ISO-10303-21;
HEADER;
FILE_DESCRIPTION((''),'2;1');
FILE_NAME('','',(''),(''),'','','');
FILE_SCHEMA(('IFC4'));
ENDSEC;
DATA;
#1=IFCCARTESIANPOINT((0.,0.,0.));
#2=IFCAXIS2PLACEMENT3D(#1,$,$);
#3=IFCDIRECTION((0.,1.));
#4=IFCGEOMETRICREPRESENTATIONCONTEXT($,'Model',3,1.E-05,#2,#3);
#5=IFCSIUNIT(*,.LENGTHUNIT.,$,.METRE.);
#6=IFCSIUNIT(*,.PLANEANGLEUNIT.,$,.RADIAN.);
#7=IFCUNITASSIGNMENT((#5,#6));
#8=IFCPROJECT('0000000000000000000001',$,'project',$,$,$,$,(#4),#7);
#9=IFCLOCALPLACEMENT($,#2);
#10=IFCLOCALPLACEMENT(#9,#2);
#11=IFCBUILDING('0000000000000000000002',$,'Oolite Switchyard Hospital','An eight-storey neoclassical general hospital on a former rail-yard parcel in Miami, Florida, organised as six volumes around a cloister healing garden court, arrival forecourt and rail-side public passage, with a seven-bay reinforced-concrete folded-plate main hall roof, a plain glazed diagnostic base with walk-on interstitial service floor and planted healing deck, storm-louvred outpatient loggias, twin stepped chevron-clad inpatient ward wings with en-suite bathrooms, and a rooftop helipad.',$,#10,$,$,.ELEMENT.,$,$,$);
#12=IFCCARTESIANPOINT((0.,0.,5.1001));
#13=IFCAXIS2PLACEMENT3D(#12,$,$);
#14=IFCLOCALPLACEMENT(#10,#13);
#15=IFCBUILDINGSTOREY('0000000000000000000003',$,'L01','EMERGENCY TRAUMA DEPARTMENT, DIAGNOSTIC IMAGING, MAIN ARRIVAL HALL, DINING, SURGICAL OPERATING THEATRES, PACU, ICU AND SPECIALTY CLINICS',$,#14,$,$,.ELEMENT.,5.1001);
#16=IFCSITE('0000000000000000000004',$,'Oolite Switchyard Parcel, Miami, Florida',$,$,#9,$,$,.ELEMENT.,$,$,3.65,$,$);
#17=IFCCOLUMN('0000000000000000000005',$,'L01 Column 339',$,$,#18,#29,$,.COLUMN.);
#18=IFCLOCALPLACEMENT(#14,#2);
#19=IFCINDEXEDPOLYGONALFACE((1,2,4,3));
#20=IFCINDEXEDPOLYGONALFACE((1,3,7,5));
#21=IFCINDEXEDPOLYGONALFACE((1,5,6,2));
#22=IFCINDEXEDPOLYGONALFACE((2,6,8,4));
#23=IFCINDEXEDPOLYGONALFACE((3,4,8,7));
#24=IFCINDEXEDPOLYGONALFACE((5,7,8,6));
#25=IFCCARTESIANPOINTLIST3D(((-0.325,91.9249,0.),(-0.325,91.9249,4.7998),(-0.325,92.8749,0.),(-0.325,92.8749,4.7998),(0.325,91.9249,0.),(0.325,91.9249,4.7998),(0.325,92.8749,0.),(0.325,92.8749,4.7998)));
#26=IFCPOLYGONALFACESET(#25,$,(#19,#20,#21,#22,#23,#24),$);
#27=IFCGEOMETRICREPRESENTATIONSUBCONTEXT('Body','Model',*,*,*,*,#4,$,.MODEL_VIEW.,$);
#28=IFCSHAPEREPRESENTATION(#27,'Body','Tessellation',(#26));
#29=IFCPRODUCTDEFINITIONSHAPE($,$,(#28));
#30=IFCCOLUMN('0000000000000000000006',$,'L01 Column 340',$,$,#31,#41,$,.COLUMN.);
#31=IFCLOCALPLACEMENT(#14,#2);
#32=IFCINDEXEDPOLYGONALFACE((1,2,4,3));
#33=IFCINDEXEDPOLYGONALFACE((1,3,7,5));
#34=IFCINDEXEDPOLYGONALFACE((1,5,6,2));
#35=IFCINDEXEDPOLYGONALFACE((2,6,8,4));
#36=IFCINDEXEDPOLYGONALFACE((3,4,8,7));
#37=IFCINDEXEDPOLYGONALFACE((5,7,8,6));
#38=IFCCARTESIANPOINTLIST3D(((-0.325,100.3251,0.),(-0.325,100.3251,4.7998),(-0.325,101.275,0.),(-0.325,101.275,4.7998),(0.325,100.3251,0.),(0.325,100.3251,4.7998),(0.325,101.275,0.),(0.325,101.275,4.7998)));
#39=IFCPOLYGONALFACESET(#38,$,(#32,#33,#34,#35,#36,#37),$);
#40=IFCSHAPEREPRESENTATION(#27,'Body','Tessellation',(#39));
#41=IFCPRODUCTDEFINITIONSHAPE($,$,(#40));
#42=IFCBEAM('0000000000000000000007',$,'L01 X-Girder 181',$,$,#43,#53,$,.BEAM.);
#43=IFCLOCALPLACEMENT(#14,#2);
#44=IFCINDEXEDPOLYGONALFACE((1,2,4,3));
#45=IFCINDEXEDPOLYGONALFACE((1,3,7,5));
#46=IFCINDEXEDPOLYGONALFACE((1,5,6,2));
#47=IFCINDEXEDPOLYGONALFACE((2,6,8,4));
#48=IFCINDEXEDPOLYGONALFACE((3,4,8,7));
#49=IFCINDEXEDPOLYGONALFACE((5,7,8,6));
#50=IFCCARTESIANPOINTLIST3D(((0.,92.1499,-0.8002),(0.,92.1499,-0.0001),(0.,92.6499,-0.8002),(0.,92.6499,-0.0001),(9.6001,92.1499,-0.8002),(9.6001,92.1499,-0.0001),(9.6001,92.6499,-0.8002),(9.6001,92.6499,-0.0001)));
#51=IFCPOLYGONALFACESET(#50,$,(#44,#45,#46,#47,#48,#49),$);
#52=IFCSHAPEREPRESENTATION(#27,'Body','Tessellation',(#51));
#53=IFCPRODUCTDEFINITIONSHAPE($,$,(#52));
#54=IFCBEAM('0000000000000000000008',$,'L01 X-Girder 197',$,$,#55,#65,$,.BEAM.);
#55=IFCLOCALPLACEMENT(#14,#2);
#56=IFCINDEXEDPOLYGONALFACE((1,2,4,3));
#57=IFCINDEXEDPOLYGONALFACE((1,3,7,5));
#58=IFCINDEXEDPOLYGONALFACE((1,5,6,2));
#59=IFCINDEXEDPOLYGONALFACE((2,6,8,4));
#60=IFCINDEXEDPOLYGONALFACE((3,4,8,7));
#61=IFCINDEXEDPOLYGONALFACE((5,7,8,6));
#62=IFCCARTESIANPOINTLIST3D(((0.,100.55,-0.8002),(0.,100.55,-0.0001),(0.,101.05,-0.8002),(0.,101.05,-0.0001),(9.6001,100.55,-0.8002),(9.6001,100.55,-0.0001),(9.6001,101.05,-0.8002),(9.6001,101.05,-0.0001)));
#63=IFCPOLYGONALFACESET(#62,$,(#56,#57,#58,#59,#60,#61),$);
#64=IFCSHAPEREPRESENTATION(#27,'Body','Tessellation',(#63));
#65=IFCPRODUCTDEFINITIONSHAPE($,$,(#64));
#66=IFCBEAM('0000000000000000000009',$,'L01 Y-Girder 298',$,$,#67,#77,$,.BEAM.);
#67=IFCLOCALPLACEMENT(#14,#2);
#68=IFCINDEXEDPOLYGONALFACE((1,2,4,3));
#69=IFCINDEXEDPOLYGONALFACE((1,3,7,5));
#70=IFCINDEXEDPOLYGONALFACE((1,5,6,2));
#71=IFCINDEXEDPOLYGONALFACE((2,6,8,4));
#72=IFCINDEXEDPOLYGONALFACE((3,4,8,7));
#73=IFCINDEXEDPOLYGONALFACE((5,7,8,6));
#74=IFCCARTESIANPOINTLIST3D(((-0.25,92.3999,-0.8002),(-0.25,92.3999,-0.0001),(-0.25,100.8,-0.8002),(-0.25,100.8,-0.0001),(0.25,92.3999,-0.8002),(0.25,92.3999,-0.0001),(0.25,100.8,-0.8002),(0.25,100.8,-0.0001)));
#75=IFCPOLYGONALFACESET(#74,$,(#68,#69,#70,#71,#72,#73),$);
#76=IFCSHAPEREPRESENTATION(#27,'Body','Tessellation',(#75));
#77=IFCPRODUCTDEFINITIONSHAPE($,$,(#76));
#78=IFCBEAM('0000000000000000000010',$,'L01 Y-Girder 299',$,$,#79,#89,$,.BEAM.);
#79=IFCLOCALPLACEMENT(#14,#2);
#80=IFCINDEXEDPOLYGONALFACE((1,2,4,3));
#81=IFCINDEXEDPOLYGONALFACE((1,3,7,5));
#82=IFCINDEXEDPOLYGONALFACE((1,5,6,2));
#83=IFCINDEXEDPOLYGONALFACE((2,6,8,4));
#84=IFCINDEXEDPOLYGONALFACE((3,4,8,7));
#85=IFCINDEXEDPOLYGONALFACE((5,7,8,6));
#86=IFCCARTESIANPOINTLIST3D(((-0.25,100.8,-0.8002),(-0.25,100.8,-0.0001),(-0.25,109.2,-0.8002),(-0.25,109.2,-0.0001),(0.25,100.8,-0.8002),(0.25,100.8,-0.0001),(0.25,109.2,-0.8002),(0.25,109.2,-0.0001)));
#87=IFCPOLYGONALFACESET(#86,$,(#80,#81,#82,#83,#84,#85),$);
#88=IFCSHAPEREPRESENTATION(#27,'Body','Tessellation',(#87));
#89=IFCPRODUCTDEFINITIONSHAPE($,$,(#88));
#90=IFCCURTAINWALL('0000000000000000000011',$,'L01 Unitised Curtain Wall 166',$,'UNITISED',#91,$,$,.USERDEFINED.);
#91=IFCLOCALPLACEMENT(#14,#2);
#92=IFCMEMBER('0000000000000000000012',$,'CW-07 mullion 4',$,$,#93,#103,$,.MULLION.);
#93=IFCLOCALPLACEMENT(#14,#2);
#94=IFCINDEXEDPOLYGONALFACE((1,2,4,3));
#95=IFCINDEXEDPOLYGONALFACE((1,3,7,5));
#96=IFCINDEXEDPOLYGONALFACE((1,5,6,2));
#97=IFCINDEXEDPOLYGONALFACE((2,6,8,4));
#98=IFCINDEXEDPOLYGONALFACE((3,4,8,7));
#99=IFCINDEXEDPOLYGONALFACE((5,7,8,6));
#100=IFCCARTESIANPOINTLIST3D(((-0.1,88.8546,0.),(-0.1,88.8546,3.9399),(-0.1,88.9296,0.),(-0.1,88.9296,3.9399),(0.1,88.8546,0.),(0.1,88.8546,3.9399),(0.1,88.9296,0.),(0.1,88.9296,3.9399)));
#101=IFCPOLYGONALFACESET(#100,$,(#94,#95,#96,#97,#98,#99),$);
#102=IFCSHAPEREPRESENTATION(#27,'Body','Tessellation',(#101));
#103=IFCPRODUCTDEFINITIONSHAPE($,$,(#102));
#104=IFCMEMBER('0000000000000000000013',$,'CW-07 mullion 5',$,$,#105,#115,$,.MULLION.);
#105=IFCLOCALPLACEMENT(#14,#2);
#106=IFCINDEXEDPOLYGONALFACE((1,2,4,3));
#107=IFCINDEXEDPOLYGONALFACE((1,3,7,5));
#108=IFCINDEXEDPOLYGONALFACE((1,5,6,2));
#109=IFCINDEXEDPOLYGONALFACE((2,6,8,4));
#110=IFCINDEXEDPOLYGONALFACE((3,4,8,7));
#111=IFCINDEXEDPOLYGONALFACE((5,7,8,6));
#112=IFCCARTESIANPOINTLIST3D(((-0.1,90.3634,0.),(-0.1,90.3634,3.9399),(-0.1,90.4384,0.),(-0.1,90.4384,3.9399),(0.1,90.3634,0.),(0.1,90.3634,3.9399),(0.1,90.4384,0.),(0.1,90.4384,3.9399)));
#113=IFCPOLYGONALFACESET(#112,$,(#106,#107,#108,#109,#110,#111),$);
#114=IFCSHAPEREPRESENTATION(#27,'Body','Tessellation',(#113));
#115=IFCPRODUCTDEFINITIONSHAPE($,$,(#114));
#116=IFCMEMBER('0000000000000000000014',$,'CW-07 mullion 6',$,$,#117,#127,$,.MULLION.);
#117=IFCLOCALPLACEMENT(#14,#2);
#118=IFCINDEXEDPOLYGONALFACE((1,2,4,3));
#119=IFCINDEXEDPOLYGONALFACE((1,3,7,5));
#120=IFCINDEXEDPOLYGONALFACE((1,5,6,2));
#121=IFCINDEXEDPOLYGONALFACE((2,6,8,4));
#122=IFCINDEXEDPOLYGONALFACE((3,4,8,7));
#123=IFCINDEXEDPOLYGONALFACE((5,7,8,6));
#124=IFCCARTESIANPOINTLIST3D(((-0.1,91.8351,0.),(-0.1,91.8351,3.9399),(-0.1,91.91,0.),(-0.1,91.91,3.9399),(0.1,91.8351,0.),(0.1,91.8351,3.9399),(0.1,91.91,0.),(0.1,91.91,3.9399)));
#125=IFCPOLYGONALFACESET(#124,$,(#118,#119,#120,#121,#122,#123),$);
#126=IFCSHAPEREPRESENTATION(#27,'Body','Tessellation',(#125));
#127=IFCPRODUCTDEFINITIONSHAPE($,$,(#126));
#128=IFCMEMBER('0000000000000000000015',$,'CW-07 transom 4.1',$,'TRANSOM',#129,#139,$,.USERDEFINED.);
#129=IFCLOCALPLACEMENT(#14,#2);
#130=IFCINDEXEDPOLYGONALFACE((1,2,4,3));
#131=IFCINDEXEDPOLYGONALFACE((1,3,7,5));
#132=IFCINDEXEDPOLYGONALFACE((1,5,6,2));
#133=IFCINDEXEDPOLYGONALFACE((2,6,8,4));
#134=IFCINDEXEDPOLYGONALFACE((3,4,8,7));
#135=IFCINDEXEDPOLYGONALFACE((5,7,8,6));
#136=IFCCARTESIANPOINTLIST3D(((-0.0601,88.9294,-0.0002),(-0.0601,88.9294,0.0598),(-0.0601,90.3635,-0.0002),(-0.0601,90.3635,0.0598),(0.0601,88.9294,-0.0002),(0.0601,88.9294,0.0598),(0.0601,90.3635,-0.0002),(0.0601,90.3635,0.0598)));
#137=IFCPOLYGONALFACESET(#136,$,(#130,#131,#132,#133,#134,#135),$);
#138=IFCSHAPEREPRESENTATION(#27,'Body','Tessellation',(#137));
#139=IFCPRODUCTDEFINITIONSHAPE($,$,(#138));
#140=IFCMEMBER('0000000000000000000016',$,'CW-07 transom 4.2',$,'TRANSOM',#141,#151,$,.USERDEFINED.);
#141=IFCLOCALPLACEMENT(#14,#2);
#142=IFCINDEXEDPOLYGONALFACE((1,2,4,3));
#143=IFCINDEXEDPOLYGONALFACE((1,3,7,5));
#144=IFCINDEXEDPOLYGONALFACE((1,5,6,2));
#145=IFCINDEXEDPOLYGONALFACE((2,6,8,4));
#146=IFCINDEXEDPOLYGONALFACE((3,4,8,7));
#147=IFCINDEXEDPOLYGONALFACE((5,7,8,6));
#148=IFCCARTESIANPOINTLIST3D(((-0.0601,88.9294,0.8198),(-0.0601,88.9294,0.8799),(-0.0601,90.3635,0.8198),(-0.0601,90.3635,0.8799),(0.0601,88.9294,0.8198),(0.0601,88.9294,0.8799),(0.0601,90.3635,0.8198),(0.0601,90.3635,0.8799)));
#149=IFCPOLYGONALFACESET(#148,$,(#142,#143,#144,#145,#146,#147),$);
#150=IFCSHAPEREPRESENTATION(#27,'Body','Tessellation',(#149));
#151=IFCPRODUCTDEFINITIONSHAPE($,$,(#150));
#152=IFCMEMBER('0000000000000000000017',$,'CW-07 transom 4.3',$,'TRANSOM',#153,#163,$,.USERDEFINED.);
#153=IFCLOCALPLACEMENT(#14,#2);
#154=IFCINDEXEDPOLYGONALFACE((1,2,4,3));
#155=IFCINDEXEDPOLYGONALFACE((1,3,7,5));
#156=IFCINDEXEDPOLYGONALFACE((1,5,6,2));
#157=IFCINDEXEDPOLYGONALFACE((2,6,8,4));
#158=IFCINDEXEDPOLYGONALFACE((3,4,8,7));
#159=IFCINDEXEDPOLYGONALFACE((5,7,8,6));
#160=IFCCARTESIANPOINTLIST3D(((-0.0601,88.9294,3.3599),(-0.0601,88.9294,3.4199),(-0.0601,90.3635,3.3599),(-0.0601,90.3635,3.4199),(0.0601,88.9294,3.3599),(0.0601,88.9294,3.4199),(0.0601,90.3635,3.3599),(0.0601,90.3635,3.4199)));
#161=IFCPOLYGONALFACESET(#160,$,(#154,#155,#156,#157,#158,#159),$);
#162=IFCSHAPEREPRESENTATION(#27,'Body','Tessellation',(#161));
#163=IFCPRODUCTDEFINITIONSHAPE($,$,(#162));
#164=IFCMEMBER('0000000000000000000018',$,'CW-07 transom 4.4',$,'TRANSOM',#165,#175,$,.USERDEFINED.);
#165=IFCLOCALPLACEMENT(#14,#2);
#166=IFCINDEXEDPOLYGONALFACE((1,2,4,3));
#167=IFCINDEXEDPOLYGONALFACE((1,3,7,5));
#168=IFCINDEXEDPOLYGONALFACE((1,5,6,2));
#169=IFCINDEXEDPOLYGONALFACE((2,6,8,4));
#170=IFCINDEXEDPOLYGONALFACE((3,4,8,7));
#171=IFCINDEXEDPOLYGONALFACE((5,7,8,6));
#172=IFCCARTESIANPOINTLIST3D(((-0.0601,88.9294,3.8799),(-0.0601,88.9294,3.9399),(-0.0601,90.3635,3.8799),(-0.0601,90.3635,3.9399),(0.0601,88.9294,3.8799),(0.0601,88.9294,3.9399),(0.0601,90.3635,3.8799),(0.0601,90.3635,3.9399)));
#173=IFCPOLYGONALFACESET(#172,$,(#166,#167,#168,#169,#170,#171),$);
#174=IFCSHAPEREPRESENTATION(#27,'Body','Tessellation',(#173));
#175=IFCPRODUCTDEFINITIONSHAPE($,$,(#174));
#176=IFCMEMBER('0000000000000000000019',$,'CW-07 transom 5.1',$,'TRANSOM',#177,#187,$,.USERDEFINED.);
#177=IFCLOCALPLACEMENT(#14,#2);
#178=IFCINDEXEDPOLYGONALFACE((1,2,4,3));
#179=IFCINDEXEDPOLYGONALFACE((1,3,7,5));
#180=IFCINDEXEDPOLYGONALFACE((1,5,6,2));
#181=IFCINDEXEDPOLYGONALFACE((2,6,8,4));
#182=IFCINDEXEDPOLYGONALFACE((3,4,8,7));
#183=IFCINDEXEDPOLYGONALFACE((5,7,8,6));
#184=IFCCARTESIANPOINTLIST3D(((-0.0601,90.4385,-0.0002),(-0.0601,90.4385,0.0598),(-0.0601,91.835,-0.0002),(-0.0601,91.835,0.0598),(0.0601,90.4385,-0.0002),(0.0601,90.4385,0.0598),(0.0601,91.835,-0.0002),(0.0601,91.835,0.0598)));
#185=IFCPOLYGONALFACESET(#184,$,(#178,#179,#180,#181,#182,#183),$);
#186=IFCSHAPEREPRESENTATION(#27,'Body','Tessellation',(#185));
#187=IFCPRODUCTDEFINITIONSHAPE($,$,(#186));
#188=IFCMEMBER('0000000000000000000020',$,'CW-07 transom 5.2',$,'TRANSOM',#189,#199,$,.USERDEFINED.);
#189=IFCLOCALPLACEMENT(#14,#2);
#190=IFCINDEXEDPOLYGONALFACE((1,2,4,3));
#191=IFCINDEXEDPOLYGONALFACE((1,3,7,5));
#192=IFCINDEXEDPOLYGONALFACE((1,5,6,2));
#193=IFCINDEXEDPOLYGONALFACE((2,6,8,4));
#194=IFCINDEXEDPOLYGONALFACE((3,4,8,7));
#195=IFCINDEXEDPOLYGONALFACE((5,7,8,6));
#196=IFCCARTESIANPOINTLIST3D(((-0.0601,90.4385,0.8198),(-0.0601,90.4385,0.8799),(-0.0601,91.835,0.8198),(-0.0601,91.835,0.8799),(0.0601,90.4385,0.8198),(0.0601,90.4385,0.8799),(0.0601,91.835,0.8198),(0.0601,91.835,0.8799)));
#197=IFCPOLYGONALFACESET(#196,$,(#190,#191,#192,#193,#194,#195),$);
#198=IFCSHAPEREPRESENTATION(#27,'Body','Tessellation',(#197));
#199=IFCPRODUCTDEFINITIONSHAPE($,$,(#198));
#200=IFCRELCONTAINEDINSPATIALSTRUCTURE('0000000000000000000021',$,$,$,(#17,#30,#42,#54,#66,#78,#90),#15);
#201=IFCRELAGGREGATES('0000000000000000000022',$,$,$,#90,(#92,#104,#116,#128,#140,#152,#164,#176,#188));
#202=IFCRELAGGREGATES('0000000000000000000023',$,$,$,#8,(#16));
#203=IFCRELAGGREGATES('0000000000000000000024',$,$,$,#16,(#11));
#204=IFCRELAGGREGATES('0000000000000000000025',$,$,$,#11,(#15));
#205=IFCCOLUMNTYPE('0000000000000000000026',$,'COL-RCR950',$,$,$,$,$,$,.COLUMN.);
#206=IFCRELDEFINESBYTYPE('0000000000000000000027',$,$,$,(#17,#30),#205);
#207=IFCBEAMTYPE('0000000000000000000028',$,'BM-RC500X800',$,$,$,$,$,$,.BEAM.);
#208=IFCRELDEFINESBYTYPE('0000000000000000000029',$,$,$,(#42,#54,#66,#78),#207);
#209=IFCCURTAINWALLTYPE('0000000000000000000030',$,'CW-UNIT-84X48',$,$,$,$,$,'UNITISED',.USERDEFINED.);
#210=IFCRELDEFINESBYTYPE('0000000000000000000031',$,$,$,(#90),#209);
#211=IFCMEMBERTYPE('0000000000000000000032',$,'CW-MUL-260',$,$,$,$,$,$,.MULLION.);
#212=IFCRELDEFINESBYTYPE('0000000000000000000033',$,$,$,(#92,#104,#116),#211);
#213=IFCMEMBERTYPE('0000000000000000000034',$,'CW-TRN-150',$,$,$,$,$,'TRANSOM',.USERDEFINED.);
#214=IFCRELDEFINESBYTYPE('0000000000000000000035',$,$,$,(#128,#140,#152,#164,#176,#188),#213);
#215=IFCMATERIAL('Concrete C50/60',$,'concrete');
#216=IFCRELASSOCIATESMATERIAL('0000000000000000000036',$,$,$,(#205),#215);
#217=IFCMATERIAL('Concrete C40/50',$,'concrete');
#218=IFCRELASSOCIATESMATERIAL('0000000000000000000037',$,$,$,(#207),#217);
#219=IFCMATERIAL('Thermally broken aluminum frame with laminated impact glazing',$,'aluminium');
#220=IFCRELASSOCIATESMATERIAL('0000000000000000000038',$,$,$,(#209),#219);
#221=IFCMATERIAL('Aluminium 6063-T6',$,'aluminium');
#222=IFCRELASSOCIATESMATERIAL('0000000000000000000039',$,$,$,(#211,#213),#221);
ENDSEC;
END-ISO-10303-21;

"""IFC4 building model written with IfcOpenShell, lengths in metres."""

from ifc_helpers import new_model, si_unit, direction, frame, origin, origin_2d, place, context, subcontext, project, spatial, rectangle, extrude, material, material_profile, profile_set, type_object, element, aggregate, save


model = new_model("IFC4")

# Units and contexts
model_context = context("Model", 3, precision=1e-05, world=origin(), true_north=direction((0.0, 1.0)))
body_context = subcontext(model_context, "Body", "Model", "MODEL_VIEW")
ifc_project = project(units=[si_unit("LENGTHUNIT", "METRE"), si_unit("PLANEANGLEUNIT", "RADIAN")], contexts=[model_context])

# Site, building, storey
site_placement = place(None, origin())
site = spatial("IfcSite", under=ifc_project, at=site_placement, Name="Oolite Switchyard Parcel, Miami, Florida", CompositionType="ELEMENT", RefElevation=3.65)
building_placement = place(site_placement, origin())
building = spatial("IfcBuilding", under=site, at=building_placement, Name="Oolite Switchyard Hospital", Description="An eight-storey neoclassical general hospital on a former rail-yard parcel in Miami, Florida, organised as six volumes around a cloister healing garden court, arrival forecourt and rail-side public passage, with a seven-bay reinforced-concrete folded-plate main hall roof, a plain glazed diagnostic base with walk-on interstitial service floor and planted healing deck, storm-louvred outpatient loggias, twin stepped chevron-clad inpatient ward wings with en-suite bathrooms, and a rooftop helipad.", CompositionType="ELEMENT")
storey_placement = place(building_placement, frame((0.0, 0.0, 5.1001)))
storey = spatial("IfcBuildingStorey", under=building, at=storey_placement, Name="L01", Description="EMERGENCY TRAUMA DEPARTMENT, DIAGNOSTIC IMAGING, MAIN ARRIVAL HALL, DINING, SURGICAL OPERATING THEATRES, PACU, ICU AND SPECIALTY CLINICS", CompositionType="ELEMENT", Elevation=5.1001)

# Columns
ifc_material_1 = material(Name="Concrete C50/60", Category="concrete")
ifc_material_profile_1 = material_profile(ifc_material_1, rectangle(XDim=0.95, YDim=0.6499, at=origin_2d()), Name="RC950X650")
ifc_profile_set_1 = profile_set([ifc_material_profile_1], Name="Concrete C50/60")
column_type = type_object("IfcColumnType", Name="COL-RCR950", PredefinedType="COLUMN", material=ifc_profile_set_1)
for number, where, z_axis, x_axis, name in (
    (1, (0.0, 92.3999, 0.0), (0.0, 0.0, 1.0), (0.0, 1.0, 0.0), "L01 Column 339"),
    (2, (0.0, 100.8, 0.0), (0.0, 0.0, 1.0), (0.0, 1.0, 0.0), "L01 Column 340"),
):
    element("IfcColumn", number, at=place(storey_placement, frame(where, z_axis=z_axis, x_axis=x_axis)), inside=storey, type_object=column_type, Name=name, PredefinedType="COLUMN", context=body_context, shape_type="SweptSolid", body=[
        extrude(rectangle(XDim=0.95, YDim=0.6499, at=origin_2d()), origin(), (0.0, 0.0, 1.0), 4.7998),
    ])

# Beams
ifc_material_2 = material(Name="Concrete C40/50", Category="concrete")
ifc_material_profile_2 = material_profile(ifc_material_2, rectangle(XDim=0.5, YDim=0.8, at=origin_2d()), Name="RCB500X800")
ifc_profile_set_2 = profile_set([ifc_material_profile_2], Name="Concrete C40/50")
beam_type = type_object("IfcBeamType", Name="BM-RC500X800", PredefinedType="BEAM", material=ifc_profile_set_2)
for number, where, z_axis, x_axis, name in (
    (3, (0.0, 92.3999, -0.4001), (1.0, 0.0, 0.0), (0.0, 1.0, 0.0), "L01 X-Girder 181"),
    (4, (0.0, 100.8, -0.4001), (1.0, 0.0, 0.0), (0.0, 1.0, 0.0), "L01 X-Girder 197"),
):
    element("IfcBeam", number, at=place(storey_placement, frame(where, z_axis=z_axis, x_axis=x_axis)), inside=storey, type_object=beam_type, Name=name, PredefinedType="BEAM", context=body_context, shape_type="SweptSolid", body=[
        extrude(rectangle(XDim=0.5, YDim=0.8, at=origin_2d()), origin(), (0.0, 0.0, 1.0), 9.6001),
    ])
beam_1_placement = place(storey_placement, frame((0.0, 92.3999, -0.4001), z_axis=(0.0, 1.0, 0.0), x_axis=(-1.0, 0.0, 0.0)))
element("IfcBeam", 5, at=beam_1_placement, inside=storey, type_object=beam_type, Name="L01 Y-Girder 298", PredefinedType="BEAM", context=body_context, shape_type="SweptSolid", body=[
    extrude(rectangle(XDim=0.5, YDim=0.8, at=origin_2d()), origin(), (0.0, 0.0, 1.0), 8.4001),
])
beam_2_placement = place(storey_placement, frame((0.0, 100.8, -0.4001), z_axis=(0.0, 1.0, 0.0), x_axis=(-1.0, 0.0, 0.0)))
element("IfcBeam", 6, at=beam_2_placement, inside=storey, type_object=beam_type, Name="L01 Y-Girder 299", PredefinedType="BEAM", context=body_context, shape_type="SweptSolid", body=[
    extrude(rectangle(XDim=0.5, YDim=0.8, at=origin_2d()), origin(), (0.0, 0.0, 1.0), 8.3999),
])

# Curtain wall, members
ifc_material_3 = material(Name="Thermally broken aluminum frame with laminated impact glazing", Category="aluminium")
curtain_wall_type = type_object("IfcCurtainWallType", Name="CW-UNIT-84X48", ElementType="UNITISED", PredefinedType="USERDEFINED", material=ifc_material_3)
curtain_wall_placement = place(storey_placement, origin())
curtain_wall = element("IfcCurtainWall", 7, at=curtain_wall_placement, inside=storey, type_object=curtain_wall_type, Name="L01 Unitised Curtain Wall 166", ObjectType="UNITISED", PredefinedType="USERDEFINED")
ifc_material_4 = material(Name="Aluminium 6063-T6", Category="aluminium")
ifc_material_profile_3 = material_profile(ifc_material_4, rectangle(XDim=0.2, YDim=0.075, at=origin_2d()), Name="CWM75X200")
ifc_profile_set_3 = profile_set([ifc_material_profile_3], Name="Aluminium 6063-T6")
member_type_1 = type_object("IfcMemberType", Name="CW-MUL-260", PredefinedType="MULLION", material=ifc_profile_set_3)
member_1_placement = place(storey_placement, frame((0.0, 88.8921, 0.0), z_axis=(0.0, 0.0, 1.0), x_axis=(-1.0, 0.0, 0.0)))
member_1 = element("IfcMember", 8, at=member_1_placement, type_object=member_type_1, Name="CW-07 mullion 4", PredefinedType="MULLION", context=body_context, shape_type="SweptSolid", body=[
    extrude(rectangle(XDim=0.2, YDim=0.075, at=origin_2d()), origin(), (0.0, 0.0, 1.0), 3.9399),
])
member_2_placement = place(storey_placement, frame((0.0, 90.4009, 0.0), z_axis=(0.0, 0.0, 1.0), x_axis=(-1.0, 0.0, 0.0)))
member_2 = element("IfcMember", 9, at=member_2_placement, type_object=member_type_1, Name="CW-07 mullion 5", PredefinedType="MULLION", context=body_context, shape_type="SweptSolid", body=[
    extrude(rectangle(XDim=0.2, YDim=0.075, at=origin_2d()), origin(), (0.0, 0.0, 1.0), 3.9399),
])
member_3_placement = place(storey_placement, frame((0.0, 91.8726, 0.0), z_axis=(0.0, 0.0, 1.0), x_axis=(-1.0, 0.0, 0.0)))
member_3 = element("IfcMember", 10, at=member_3_placement, type_object=member_type_1, Name="CW-07 mullion 6", PredefinedType="MULLION", context=body_context, shape_type="SweptSolid", body=[
    extrude(rectangle(XDim=0.2, YDim=0.075, at=origin_2d()), origin(), (0.0, 0.0, 1.0), 3.9399),
])
ifc_material_profile_4 = material_profile(ifc_material_4, rectangle(XDim=0.1201, YDim=0.0601, at=origin_2d()), Name="CWT60X120")
ifc_profile_set_4 = profile_set([ifc_material_profile_4], Name="Aluminium 6063-T6")
member_type_2 = type_object("IfcMemberType", Name="CW-TRN-150", ElementType="TRANSOM", PredefinedType="USERDEFINED", material=ifc_profile_set_4)
member_4_placement = place(storey_placement, frame((0.0, 88.9294, 0.0298), z_axis=(0.0, 1.0, 0.0), x_axis=(-1.0, 0.0, 0.0)))
member_4 = element("IfcMember", 11, at=member_4_placement, type_object=member_type_2, Name="CW-07 transom 4.1", ObjectType="TRANSOM", PredefinedType="USERDEFINED", context=body_context, shape_type="SweptSolid", body=[
    extrude(rectangle(XDim=0.1201, YDim=0.0601, at=origin_2d()), origin(), (0.0, 0.0, 1.0), 1.4341),
])
member_5_placement = place(storey_placement, frame((0.0, 88.9294, 0.8499), z_axis=(0.0, 1.0, 0.0), x_axis=(-1.0, 0.0, 0.0)))
member_5 = element("IfcMember", 12, at=member_5_placement, type_object=member_type_2, Name="CW-07 transom 4.2", ObjectType="TRANSOM", PredefinedType="USERDEFINED", context=body_context, shape_type="SweptSolid", body=[
    extrude(rectangle(XDim=0.1201, YDim=0.0601, at=origin_2d()), origin(), (0.0, 0.0, 1.0), 1.4341),
])
member_6_placement = place(storey_placement, frame((0.0, 88.9294, 3.3899), z_axis=(0.0, 1.0, 0.0), x_axis=(-1.0, 0.0, 0.0)))
member_6 = element("IfcMember", 13, at=member_6_placement, type_object=member_type_2, Name="CW-07 transom 4.3", ObjectType="TRANSOM", PredefinedType="USERDEFINED", context=body_context, shape_type="SweptSolid", body=[
    extrude(rectangle(XDim=0.1201, YDim=0.0601, at=origin_2d()), origin(), (0.0, 0.0, 1.0), 1.4341),
])
member_7_placement = place(storey_placement, frame((0.0, 88.9294, 3.9099), z_axis=(0.0, 1.0, 0.0), x_axis=(-1.0, 0.0, 0.0)))
member_7 = element("IfcMember", 14, at=member_7_placement, type_object=member_type_2, Name="CW-07 transom 4.4", ObjectType="TRANSOM", PredefinedType="USERDEFINED", context=body_context, shape_type="SweptSolid", body=[
    extrude(rectangle(XDim=0.1201, YDim=0.0601, at=origin_2d()), origin(), (0.0, 0.0, 1.0), 1.4341),
])
member_8_placement = place(storey_placement, frame((0.0, 90.4385, 0.0298), z_axis=(0.0, 1.0, 0.0), x_axis=(-1.0, 0.0, 0.0)))
member_8 = element("IfcMember", 15, at=member_8_placement, type_object=member_type_2, Name="CW-07 transom 5.1", ObjectType="TRANSOM", PredefinedType="USERDEFINED", context=body_context, shape_type="SweptSolid", body=[
    extrude(rectangle(XDim=0.1201, YDim=0.0601, at=origin_2d()), origin(), (0.0, 0.0, 1.0), 1.3965),
])
member_9_placement = place(storey_placement, frame((0.0, 90.4385, 0.8499), z_axis=(0.0, 1.0, 0.0), x_axis=(-1.0, 0.0, 0.0)))
member_9 = element("IfcMember", 16, at=member_9_placement, type_object=member_type_2, Name="CW-07 transom 5.2", ObjectType="TRANSOM", PredefinedType="USERDEFINED", context=body_context, shape_type="SweptSolid", body=[
    extrude(rectangle(XDim=0.1201, YDim=0.0601, at=origin_2d()), origin(), (0.0, 0.0, 1.0), 1.3965),
])
aggregate(curtain_wall, [member_1, member_2, member_3, member_4, member_5, member_6, member_7, member_8, member_9])

save(model, "model.ifc")
